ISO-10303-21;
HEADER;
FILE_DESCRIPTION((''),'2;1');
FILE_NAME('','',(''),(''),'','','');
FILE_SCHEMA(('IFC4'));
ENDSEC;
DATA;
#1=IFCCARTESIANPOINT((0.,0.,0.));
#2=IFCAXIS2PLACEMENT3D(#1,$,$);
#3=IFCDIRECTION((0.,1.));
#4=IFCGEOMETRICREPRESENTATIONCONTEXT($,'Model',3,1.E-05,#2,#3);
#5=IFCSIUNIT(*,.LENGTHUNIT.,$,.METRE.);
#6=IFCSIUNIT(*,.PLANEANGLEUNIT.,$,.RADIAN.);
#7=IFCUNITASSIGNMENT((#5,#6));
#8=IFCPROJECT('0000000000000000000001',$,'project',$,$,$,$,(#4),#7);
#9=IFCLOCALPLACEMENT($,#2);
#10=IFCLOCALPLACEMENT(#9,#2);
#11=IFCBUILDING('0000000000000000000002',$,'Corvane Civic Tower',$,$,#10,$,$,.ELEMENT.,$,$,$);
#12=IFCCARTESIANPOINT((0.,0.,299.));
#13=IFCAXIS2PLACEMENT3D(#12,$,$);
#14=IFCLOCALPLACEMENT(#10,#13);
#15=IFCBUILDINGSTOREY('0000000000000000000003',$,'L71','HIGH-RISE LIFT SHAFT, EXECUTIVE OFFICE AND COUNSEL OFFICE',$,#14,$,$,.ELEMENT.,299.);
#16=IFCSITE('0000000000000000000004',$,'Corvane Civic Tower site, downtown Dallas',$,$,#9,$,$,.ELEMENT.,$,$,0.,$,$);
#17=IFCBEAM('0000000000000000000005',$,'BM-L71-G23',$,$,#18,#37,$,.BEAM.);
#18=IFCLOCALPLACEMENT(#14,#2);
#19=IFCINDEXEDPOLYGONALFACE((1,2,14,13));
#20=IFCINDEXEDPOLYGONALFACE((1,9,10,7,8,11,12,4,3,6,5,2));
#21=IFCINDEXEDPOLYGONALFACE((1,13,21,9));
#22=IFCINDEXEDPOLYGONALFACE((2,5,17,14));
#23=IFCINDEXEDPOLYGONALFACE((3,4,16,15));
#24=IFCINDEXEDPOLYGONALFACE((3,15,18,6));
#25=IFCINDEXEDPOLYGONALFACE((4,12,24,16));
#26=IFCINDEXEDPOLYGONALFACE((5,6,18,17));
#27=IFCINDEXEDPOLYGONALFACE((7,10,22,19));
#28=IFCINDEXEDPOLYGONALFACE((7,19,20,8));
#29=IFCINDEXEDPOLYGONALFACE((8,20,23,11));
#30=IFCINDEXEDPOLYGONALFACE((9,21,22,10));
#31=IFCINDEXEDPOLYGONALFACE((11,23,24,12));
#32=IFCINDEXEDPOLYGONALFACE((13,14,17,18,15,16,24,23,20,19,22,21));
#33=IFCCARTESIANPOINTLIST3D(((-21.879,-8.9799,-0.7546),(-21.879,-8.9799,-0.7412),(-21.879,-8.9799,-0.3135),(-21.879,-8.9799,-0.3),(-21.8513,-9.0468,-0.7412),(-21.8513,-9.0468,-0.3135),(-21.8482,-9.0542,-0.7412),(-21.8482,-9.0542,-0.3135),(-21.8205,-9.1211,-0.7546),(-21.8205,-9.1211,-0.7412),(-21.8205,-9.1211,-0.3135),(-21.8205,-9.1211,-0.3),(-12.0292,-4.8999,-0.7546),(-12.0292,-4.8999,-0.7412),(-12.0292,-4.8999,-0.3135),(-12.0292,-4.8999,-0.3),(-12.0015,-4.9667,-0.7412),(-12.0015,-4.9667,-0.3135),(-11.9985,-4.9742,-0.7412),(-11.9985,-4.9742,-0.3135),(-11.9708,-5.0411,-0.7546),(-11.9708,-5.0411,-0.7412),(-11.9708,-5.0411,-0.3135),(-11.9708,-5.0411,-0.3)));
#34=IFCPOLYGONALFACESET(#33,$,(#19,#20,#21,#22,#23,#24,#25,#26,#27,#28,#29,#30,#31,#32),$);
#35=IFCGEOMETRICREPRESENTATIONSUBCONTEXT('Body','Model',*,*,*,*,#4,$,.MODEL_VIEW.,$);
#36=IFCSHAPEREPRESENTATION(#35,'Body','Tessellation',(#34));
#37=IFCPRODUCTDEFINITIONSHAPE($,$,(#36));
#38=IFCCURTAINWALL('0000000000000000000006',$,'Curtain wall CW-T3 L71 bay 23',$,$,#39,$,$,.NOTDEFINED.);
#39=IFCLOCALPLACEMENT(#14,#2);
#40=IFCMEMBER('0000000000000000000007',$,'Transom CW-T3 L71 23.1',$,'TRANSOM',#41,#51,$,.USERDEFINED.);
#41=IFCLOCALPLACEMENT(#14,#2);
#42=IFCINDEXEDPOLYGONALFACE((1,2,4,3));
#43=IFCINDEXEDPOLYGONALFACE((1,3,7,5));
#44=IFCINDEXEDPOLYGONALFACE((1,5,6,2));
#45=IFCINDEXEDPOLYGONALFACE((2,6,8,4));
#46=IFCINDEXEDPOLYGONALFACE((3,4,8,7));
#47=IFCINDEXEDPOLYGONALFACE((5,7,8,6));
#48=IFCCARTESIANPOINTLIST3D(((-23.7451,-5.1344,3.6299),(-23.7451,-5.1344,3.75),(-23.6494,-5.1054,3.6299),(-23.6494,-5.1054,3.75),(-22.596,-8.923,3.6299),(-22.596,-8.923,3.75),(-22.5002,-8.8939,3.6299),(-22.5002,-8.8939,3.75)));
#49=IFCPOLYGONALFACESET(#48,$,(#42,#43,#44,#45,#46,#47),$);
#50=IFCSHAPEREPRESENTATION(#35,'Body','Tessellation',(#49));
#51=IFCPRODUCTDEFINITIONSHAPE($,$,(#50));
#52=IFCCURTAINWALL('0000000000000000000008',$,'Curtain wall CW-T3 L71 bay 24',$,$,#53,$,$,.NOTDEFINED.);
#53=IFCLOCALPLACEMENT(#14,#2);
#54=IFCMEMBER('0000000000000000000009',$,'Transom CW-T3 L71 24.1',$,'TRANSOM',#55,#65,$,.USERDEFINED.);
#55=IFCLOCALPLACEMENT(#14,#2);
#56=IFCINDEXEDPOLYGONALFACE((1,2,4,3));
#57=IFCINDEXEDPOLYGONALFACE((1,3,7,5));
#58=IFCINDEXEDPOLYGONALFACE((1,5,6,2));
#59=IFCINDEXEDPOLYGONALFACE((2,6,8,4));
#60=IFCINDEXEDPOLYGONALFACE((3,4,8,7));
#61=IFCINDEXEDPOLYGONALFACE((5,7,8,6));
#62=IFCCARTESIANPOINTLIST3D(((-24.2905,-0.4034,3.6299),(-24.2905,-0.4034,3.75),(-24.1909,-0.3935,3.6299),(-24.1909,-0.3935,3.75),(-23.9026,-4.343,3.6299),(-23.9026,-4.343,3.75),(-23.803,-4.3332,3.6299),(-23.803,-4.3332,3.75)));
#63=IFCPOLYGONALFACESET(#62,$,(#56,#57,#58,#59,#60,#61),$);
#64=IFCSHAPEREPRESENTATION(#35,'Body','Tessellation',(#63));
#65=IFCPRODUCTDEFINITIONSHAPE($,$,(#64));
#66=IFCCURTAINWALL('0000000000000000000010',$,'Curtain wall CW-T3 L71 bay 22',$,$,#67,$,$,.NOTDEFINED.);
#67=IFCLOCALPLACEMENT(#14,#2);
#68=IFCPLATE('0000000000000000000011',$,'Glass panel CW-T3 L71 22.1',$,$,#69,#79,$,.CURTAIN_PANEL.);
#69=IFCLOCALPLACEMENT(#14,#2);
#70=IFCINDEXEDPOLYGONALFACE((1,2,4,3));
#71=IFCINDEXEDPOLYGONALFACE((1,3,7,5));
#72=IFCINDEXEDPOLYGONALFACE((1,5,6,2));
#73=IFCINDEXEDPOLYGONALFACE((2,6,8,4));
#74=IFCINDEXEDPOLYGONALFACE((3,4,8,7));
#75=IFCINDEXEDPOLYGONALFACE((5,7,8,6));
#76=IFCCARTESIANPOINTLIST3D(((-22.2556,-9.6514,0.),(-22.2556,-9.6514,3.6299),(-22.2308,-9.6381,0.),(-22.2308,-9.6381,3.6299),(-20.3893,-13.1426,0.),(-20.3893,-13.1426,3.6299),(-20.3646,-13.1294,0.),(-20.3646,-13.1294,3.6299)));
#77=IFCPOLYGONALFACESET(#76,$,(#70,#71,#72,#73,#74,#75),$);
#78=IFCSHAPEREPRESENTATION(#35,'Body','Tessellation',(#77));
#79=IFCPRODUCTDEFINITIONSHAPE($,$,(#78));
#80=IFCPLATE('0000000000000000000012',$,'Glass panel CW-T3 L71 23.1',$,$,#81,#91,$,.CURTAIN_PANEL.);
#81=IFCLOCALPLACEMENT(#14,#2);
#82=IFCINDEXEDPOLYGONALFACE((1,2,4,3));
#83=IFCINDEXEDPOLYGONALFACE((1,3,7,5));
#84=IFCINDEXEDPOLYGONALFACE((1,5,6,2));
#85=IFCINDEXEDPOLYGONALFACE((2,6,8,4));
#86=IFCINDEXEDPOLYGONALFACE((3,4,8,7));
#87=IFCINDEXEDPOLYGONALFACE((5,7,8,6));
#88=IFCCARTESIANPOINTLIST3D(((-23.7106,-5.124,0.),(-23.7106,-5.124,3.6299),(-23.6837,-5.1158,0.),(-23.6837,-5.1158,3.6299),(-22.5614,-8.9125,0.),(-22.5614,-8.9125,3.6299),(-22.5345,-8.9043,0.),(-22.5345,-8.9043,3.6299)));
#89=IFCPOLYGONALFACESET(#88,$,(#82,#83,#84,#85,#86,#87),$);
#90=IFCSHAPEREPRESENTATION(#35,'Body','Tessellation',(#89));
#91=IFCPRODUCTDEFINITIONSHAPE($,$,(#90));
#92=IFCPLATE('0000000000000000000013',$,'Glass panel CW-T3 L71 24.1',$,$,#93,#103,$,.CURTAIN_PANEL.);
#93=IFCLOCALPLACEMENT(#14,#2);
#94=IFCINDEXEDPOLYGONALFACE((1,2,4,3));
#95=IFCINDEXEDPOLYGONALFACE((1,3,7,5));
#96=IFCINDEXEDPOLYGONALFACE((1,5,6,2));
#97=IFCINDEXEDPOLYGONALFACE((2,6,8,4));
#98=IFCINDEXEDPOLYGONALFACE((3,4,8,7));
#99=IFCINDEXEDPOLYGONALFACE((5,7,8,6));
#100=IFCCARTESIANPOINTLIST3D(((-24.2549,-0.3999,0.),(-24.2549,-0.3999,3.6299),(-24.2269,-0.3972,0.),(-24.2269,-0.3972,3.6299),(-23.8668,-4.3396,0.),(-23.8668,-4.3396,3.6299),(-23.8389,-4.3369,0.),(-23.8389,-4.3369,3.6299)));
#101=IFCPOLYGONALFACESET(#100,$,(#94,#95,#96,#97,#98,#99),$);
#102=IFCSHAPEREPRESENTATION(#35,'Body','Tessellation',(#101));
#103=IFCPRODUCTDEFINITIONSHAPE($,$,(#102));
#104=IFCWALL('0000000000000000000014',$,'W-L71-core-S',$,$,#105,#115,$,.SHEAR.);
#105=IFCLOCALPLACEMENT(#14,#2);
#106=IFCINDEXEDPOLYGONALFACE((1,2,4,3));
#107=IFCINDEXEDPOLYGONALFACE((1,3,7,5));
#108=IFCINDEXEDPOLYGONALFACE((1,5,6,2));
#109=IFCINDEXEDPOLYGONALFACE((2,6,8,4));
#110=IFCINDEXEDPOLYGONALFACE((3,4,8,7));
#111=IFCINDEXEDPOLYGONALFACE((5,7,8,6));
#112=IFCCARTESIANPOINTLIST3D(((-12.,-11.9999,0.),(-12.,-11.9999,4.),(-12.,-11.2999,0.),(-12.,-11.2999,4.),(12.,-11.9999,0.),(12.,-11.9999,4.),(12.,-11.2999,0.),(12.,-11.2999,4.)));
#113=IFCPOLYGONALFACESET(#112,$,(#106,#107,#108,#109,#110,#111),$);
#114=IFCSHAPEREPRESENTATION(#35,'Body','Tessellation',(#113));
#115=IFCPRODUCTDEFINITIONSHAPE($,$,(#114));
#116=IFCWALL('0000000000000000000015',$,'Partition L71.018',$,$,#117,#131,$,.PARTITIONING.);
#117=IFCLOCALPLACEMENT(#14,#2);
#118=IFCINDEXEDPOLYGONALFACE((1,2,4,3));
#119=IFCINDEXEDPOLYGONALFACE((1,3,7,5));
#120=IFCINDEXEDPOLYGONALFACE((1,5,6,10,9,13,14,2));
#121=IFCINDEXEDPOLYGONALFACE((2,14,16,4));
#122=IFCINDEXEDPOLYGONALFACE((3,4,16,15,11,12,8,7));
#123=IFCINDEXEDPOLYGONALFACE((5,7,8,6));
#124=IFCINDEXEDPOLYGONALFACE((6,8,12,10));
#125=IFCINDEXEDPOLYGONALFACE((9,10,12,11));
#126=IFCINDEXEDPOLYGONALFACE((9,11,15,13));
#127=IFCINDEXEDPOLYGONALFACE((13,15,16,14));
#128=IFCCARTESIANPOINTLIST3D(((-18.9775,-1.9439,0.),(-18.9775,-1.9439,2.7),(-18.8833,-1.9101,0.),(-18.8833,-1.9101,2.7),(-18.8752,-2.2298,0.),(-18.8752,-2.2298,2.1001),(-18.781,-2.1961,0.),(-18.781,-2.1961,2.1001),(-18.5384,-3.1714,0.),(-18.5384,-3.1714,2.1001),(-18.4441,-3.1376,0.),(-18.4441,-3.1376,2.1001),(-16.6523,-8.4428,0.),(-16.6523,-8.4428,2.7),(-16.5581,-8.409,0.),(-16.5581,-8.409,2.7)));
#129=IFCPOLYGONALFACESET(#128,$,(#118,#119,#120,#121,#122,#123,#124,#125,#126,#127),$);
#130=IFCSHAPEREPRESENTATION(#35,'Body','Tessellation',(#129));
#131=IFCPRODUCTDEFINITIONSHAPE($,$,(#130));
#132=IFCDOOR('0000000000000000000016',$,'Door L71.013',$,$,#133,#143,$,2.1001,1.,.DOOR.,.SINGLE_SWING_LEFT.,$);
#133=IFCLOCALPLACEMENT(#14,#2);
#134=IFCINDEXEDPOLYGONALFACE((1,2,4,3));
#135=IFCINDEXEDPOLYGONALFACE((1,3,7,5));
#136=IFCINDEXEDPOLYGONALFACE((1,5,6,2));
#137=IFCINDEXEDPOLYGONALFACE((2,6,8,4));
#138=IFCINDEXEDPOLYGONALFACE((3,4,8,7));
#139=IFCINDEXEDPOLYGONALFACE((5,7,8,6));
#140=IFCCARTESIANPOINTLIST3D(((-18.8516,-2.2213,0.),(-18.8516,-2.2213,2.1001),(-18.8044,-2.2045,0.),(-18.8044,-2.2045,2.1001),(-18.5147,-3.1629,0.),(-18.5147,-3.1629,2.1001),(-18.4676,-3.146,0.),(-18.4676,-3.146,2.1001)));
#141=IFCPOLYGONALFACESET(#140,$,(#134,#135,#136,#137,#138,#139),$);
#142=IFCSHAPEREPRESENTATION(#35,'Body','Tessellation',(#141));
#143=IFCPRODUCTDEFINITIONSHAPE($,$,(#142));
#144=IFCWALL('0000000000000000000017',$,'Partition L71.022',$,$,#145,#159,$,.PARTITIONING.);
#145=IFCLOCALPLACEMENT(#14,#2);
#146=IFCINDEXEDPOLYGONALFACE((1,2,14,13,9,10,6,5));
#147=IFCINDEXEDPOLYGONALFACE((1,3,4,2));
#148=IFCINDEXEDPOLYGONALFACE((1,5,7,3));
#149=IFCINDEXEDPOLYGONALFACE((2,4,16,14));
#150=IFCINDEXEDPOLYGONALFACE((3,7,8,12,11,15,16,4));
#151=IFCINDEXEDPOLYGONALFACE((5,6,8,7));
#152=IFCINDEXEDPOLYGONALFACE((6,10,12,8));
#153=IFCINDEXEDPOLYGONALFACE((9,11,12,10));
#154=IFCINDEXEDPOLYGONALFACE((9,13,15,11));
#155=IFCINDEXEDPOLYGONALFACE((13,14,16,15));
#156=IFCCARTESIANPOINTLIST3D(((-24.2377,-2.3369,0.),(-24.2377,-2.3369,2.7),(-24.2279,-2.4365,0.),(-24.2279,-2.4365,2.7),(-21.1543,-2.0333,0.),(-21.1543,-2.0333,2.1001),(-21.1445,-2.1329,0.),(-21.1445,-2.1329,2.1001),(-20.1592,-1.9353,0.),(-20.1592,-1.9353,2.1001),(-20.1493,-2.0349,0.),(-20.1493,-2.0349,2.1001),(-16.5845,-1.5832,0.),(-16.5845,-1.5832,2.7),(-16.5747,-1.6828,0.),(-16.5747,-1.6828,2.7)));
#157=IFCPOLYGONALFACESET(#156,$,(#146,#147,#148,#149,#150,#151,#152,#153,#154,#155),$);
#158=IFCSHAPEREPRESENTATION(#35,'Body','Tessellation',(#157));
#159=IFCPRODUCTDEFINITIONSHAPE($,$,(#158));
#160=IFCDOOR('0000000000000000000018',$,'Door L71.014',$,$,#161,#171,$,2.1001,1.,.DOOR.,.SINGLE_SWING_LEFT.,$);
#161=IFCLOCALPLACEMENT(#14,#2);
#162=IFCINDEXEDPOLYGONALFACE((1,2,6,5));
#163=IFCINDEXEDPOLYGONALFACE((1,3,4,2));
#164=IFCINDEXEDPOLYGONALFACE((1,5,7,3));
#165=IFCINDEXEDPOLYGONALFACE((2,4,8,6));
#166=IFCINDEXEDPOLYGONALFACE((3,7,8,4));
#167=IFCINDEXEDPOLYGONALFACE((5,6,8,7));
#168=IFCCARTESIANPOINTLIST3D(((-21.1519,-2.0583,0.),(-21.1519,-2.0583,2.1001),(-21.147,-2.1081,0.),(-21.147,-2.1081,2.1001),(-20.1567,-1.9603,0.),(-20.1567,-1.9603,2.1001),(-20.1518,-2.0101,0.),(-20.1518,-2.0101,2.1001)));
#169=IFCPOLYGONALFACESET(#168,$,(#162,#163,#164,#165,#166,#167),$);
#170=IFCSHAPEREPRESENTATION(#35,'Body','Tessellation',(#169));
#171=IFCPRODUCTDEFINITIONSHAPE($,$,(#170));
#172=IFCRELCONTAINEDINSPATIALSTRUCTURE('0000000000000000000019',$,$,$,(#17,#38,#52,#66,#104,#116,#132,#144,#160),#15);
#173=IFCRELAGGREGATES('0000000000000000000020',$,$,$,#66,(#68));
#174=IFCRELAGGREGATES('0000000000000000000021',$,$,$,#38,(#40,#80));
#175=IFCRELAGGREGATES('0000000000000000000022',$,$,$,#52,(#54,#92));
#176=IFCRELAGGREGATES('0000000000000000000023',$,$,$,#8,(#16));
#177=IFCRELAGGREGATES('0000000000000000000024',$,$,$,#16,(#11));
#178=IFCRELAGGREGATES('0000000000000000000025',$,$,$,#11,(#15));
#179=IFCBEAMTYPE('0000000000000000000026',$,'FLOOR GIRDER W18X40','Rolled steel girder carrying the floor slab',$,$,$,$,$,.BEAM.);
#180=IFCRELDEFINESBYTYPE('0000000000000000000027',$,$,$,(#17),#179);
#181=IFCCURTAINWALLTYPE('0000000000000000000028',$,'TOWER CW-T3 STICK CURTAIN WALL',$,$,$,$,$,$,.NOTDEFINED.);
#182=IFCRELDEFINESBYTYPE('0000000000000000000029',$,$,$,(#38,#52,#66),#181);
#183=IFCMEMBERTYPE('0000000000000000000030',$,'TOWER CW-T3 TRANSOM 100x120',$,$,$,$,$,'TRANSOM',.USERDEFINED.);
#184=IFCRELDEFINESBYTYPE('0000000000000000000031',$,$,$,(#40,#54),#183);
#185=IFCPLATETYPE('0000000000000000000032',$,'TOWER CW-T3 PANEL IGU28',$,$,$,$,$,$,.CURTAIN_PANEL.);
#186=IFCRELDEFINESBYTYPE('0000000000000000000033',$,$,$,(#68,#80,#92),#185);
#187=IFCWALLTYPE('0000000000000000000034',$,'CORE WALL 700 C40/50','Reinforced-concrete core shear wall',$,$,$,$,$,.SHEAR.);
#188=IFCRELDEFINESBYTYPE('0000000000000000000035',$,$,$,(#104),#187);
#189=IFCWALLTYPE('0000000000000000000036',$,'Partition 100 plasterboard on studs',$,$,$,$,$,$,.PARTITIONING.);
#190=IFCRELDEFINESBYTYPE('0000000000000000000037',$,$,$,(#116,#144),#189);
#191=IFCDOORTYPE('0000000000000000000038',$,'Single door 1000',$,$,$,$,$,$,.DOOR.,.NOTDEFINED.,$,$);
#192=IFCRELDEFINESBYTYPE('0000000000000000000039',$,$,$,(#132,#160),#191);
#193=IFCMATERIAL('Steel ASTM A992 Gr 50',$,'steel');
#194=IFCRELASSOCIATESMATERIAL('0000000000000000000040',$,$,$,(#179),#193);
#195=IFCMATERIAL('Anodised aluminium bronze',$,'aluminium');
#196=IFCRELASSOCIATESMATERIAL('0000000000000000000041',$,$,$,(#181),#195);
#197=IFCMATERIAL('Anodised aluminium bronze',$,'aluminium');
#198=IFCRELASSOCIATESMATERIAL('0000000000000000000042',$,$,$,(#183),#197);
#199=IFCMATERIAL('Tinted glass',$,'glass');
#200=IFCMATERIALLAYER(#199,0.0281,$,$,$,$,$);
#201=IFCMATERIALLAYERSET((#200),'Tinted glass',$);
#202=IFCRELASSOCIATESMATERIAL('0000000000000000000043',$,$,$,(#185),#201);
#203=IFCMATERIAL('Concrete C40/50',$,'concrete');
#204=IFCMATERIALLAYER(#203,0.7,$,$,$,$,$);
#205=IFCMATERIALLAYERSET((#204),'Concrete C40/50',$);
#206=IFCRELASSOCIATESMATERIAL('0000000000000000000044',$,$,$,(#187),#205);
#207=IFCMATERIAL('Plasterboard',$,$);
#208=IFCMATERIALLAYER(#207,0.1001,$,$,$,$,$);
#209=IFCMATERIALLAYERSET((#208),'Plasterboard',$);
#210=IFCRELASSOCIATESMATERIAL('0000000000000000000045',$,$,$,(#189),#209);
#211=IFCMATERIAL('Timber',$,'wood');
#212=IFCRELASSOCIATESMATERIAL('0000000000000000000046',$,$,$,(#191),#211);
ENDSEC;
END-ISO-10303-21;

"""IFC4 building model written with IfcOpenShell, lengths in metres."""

from ifc_helpers import new_model, si_unit, direction, frame, frame_2d, origin, origin_2d, place, context, subcontext, project, spatial, rectangle, i_section, extrude, material, layer, layer_set, material_profile, profile_set, type_object, element, fill, aggregate, save


model = new_model("IFC4")

# Units and contexts
model_context = context("Model", 3, precision=1e-05, world=origin(), true_north=direction((0.0, 1.0)))
body_context = subcontext(model_context, "Body", "Model", "MODEL_VIEW")
ifc_project = project(units=[si_unit("LENGTHUNIT", "METRE"), si_unit("PLANEANGLEUNIT", "RADIAN")], contexts=[model_context])

# Site, building, storey
site_placement = place(None, origin())
site = spatial("IfcSite", under=ifc_project, at=site_placement, Name="Corvane Civic Tower site, downtown Dallas", CompositionType="ELEMENT", RefElevation=0.0)
building_placement = place(site_placement, origin())
building = spatial("IfcBuilding", under=site, at=building_placement, Name="Corvane Civic Tower", CompositionType="ELEMENT")
storey_placement = place(building_placement, frame((0.0, 0.0, 299.0)))
storey = spatial("IfcBuildingStorey", under=building, at=storey_placement, Name="L71", Description="HIGH-RISE LIFT SHAFT, EXECUTIVE OFFICE AND COUNSEL OFFICE", CompositionType="ELEMENT", Elevation=299.0)

# Beam
ifc_material_1 = material(Name="Steel ASTM A992 Gr 50", Category="steel")
ifc_material_profile_1 = material_profile(ifc_material_1, i_section(OverallWidth=0.1528, OverallDepth=0.4546, WebThickness=0.0081, FlangeThickness=0.0134, at=origin_2d()), Name="W18X40")
ifc_profile_set_1 = profile_set([ifc_material_profile_1], Name="Steel ASTM A992 Gr 50")
beam_type_1 = type_object("IfcBeamType", Name="FLOOR GIRDER W18X40", Description="Rolled steel girder carrying the floor slab", PredefinedType="BEAM", material=ifc_profile_set_1)
beam_1_placement = place(storey_placement, frame((-12.0, -4.9705, -0.5273), z_axis=(-0.923875, -0.382694, 0.0), x_axis=(0.382694, -0.923875, 0.0)))
element("IfcBeam", 1, at=beam_1_placement, inside=storey, type_object=beam_type_1, Name="BM-L71-G23", PredefinedType="BEAM", context=body_context, shape_type="SweptSolid", body=[
    extrude(i_section(OverallWidth=0.1528, OverallDepth=0.4546, WebThickness=0.0081, FlangeThickness=0.0134, at=origin_2d()), origin(), (0.0, 0.0, 1.0), 10.6614),
])

# Curtain walls, members
ifc_material_2 = material(Name="Anodised aluminium bronze", Category="aluminium")
curtain_wall_type = type_object("IfcCurtainWallType", Name="TOWER CW-T3 STICK CURTAIN WALL", PredefinedType="NOTDEFINED", material=ifc_material_2)
curtain_wall_1_placement = place(storey_placement, origin())
curtain_wall_1 = element("IfcCurtainWall", 2, at=curtain_wall_1_placement, inside=storey, type_object=curtain_wall_type, Name="Curtain wall CW-T3 L71 bay 23", PredefinedType="NOTDEFINED")
ifc_material_3 = material(Name="Anodised aluminium bronze", Category="aluminium")
ifc_material_profile_2 = material_profile(ifc_material_3, rectangle(XDim=0.1001, YDim=0.1201, at=origin_2d()), Name="TOWER CW-T3 TRANSOM 100x120")
ifc_profile_set_2 = profile_set([ifc_material_profile_2], Name="Anodised aluminium bronze")
member_type = type_object("IfcMemberType", Name="TOWER CW-T3 TRANSOM 100x120", ElementType="TRANSOM", PredefinedType="USERDEFINED", material=ifc_profile_set_2)
member_1_placement = place(storey_placement, frame((-22.5481, -8.9084, 3.6899), z_axis=(-0.290266, 0.956946, 0.0), x_axis=(-0.956946, -0.290266, 0.0)))
member_1 = element("IfcMember", 3, at=member_1_placement, type_object=member_type, Name="Transom CW-T3 L71 23.1", ObjectType="TRANSOM", PredefinedType="USERDEFINED", context=body_context, shape_type="SweptSolid", body=[
    extrude(rectangle(XDim=0.1001, YDim=0.1201, at=origin_2d()), origin(), (0.0, 0.0, 1.0), 3.959),
])
curtain_wall_2_placement = place(storey_placement, origin())
curtain_wall_2 = element("IfcCurtainWall", 4, at=curtain_wall_2_placement, inside=storey, type_object=curtain_wall_type, Name="Curtain wall CW-T3 L71 bay 24", PredefinedType="NOTDEFINED")
member_2_placement = place(storey_placement, frame((-23.8528, -4.3381, 3.6899), z_axis=(-0.097995, 0.995187, 0.0), x_axis=(-0.995187, -0.097995, 0.0)))
member_2 = element("IfcMember", 5, at=member_2_placement, type_object=member_type, Name="Transom CW-T3 L71 24.1", ObjectType="TRANSOM", PredefinedType="USERDEFINED", context=body_context, shape_type="SweptSolid", body=[
    extrude(rectangle(XDim=0.1001, YDim=0.1201, at=origin_2d()), origin(), (0.0, 0.0, 1.0), 3.9587),
])

# Curtain wall, plate
curtain_wall_3_placement = place(storey_placement, origin())
curtain_wall_3 = element("IfcCurtainWall", 6, at=curtain_wall_3_placement, inside=storey, type_object=curtain_wall_type, Name="Curtain wall CW-T3 L71 bay 22", PredefinedType="NOTDEFINED")
ifc_material_4 = material(Name="Tinted glass", Category="glass")
ifc_layer_1 = layer(ifc_material_4, 0.0281)
ifc_layer_set_1 = layer_set([ifc_layer_1], Name="Tinted glass")
plate_type = type_object("IfcPlateType", Name="TOWER CW-T3 PANEL IGU28", PredefinedType="CURTAIN_PANEL", material=ifc_layer_set_1)
plate_1_placement = place(storey_placement, frame((-21.3101, -11.3904, 0.0), z_axis=(0.0, 0.0, 1.0), x_axis=(-0.471421, 0.881908, 0.0)))
plate_1 = element("IfcPlate", 7, at=plate_1_placement, type_object=plate_type, Name="Glass panel CW-T3 L71 22.1", PredefinedType="CURTAIN_PANEL", context=body_context, shape_type="SweptSolid", body=[
    extrude(rectangle(XDim=3.9587, YDim=0.0281, at=origin_2d()), origin(), (0.0, 0.0, 1.0), 3.6299),
])
aggregate(curtain_wall_3, [plate_1])

# Plates
plate_2_placement = place(storey_placement, frame((-23.1226, -7.0142, 0.0), z_axis=(0.0, 0.0, 1.0), x_axis=(-0.290274, 0.956944, 0.0)))
plate_2 = element("IfcPlate", 8, at=plate_2_placement, type_object=plate_type, Name="Glass panel CW-T3 L71 23.1", PredefinedType="CURTAIN_PANEL", context=body_context, shape_type="SweptSolid", body=[
    extrude(rectangle(XDim=3.959, YDim=0.0281, at=origin_2d()), origin(), (0.0, 0.0, 1.0), 3.6299),
])
aggregate(curtain_wall_1, [member_1, plate_2])
plate_3_placement = place(storey_placement, frame((-24.0469, -2.3684, 0.0), z_axis=(0.0, 0.0, 1.0), x_axis=(-0.098021, 0.995184, 0.0)))
plate_3 = element("IfcPlate", 9, at=plate_3_placement, type_object=plate_type, Name="Glass panel CW-T3 L71 24.1", PredefinedType="CURTAIN_PANEL", context=body_context, shape_type="SweptSolid", body=[
    extrude(rectangle(XDim=3.9587, YDim=0.0281, at=origin_2d()), origin(), (0.0, 0.0, 1.0), 3.6299),
])
aggregate(curtain_wall_2, [member_2, plate_3])

# Wall
ifc_material_5 = material(Name="Concrete C40/50", Category="concrete")
ifc_layer_2 = layer(ifc_material_5, 0.7)
ifc_layer_set_2 = layer_set([ifc_layer_2], Name="Concrete C40/50")
wall_type_1 = type_object("IfcWallType", Name="CORE WALL 700 C40/50", Description="Reinforced-concrete core shear wall", PredefinedType="SHEAR", material=ifc_layer_set_2)
wall_1_placement = place(storey_placement, frame((-12.0, -11.6499, 0.0), z_axis=(0.0, 0.0, 1.0), x_axis=(1.0, 0.0, 0.0)))
element("IfcWall", 10, at=wall_1_placement, inside=storey, type_object=wall_type_1, Name="W-L71-core-S", PredefinedType="SHEAR", context=body_context, shape_type="SweptSolid", body=[
    extrude(rectangle(XDim=24.0, YDim=0.7, at=frame_2d((12.0, 0.0))), origin(), (0.0, 0.0, 1.0), 4.0),
])

# Walls, openings, doors
ifc_material_6 = material(Name="Plasterboard")
ifc_layer_3 = layer(ifc_material_6, 0.1001)
ifc_layer_set_3 = layer_set([ifc_layer_3], Name="Plasterboard")
wall_type_2 = type_object("IfcWallType", Name="Partition 100 plasterboard on studs", PredefinedType="PARTITIONING", material=ifc_layer_set_3)
wall_2_placement = place(storey_placement, frame((-18.9304, -1.927, 0.0), z_axis=(0.0, 0.0, 1.0), x_axis=(0.336876, -0.941549, 0.0)))
wall_2 = element("IfcWall", 11, at=wall_2_placement, inside=storey, type_object=wall_type_2, Name="Partition L71.018", PredefinedType="PARTITIONING", context=body_context, shape_type="SweptSolid", body=[
    extrude(rectangle(XDim=6.9023, YDim=0.1001, at=frame_2d((3.4512, 0.0))), origin(), (0.0, 0.0, 1.0), 2.7),
])
opening_1_placement = place(wall_2_placement, frame((0.3037, 0.0, 0.0)))
opening_1 = element("IfcOpeningElement", 12, at=opening_1_placement, cuts=wall_2, PredefinedType="OPENING", context=body_context, shape_type="SweptSolid", body=[
    extrude(rectangle(XDim=1.0, YDim=2.1001, at=frame_2d((0.5, 1.05))), frame((0.0, 0.0601, 0.0), z_axis=(0.0, -1.0, 0.0), x_axis=(1.0, 0.0, 0.0)), (0.0, 0.0, 1.0), 0.1201),
])
ifc_material_7 = material(Name="Timber", Category="wood")
door_type_1 = type_object("IfcDoorType", Name="Single door 1000", OperationType="NOTDEFINED", PredefinedType="DOOR", material=ifc_material_7)
door_1_placement = place(opening_1_placement, frame((1.0, 0.0, 0.0), z_axis=(0.0, 0.0, 1.0), x_axis=(-1.0, 0.0, 0.0)))
door_1 = element("IfcDoor", 13, at=door_1_placement, inside=storey, type_object=door_type_1, Name="Door L71.013", OperationType="SINGLE_SWING_LEFT", OverallHeight=2.1001, OverallWidth=1.0, PredefinedType="DOOR", context=body_context, shape_type="SweptSolid", body=[
    extrude(rectangle(XDim=1.0, YDim=2.1001, at=frame_2d((0.5, 1.05))), frame((0.0, 0.0249, 0.0), z_axis=(0.0, -1.0, 0.0), x_axis=(1.0, 0.0, 0.0)), (0.0, 0.0, 1.0), 0.05),
])
fill(opening_1, door_1)
wall_3_placement = place(storey_placement, frame((-24.2329, -2.3867, 0.0), z_axis=(0.0, 0.0, 1.0), x_axis=(0.995186, 0.098004, 0.0)))
wall_3 = element("IfcWall", 14, at=wall_3_placement, inside=storey, type_object=wall_type_2, Name="Partition L71.022", PredefinedType="PARTITIONING", context=body_context, shape_type="SweptSolid", body=[
    extrude(rectangle(XDim=7.6902, YDim=0.1001, at=frame_2d((3.8452, 0.0))), origin(), (0.0, 0.0, 1.0), 2.7),
])
opening_2_placement = place(wall_3_placement, frame((3.0984, 0.0, 0.0)))
opening_2 = element("IfcOpeningElement", 15, at=opening_2_placement, cuts=wall_3, PredefinedType="OPENING", context=body_context, shape_type="SweptSolid", body=[
    extrude(rectangle(XDim=1.0, YDim=2.1001, at=frame_2d((0.5, 1.05))), frame((0.0, 0.0601, 0.0), z_axis=(0.0, -1.0, 0.0), x_axis=(1.0, 0.0, 0.0)), (0.0, 0.0, 1.0), 0.1201),
])
door_2_placement = place(opening_2_placement, origin())
door_2 = element("IfcDoor", 16, at=door_2_placement, inside=storey, type_object=door_type_1, Name="Door L71.014", OperationType="SINGLE_SWING_LEFT", OverallHeight=2.1001, OverallWidth=1.0, PredefinedType="DOOR", context=body_context, shape_type="SweptSolid", body=[
    extrude(rectangle(XDim=1.0, YDim=2.1001, at=frame_2d((0.5, 1.05))), frame((0.0, 0.0249, 0.0), z_axis=(0.0, -1.0, 0.0), x_axis=(1.0, 0.0, 0.0)), (0.0, 0.0, 1.0), 0.05),
])
fill(opening_2, door_2)

save(model, "model.ifc")
